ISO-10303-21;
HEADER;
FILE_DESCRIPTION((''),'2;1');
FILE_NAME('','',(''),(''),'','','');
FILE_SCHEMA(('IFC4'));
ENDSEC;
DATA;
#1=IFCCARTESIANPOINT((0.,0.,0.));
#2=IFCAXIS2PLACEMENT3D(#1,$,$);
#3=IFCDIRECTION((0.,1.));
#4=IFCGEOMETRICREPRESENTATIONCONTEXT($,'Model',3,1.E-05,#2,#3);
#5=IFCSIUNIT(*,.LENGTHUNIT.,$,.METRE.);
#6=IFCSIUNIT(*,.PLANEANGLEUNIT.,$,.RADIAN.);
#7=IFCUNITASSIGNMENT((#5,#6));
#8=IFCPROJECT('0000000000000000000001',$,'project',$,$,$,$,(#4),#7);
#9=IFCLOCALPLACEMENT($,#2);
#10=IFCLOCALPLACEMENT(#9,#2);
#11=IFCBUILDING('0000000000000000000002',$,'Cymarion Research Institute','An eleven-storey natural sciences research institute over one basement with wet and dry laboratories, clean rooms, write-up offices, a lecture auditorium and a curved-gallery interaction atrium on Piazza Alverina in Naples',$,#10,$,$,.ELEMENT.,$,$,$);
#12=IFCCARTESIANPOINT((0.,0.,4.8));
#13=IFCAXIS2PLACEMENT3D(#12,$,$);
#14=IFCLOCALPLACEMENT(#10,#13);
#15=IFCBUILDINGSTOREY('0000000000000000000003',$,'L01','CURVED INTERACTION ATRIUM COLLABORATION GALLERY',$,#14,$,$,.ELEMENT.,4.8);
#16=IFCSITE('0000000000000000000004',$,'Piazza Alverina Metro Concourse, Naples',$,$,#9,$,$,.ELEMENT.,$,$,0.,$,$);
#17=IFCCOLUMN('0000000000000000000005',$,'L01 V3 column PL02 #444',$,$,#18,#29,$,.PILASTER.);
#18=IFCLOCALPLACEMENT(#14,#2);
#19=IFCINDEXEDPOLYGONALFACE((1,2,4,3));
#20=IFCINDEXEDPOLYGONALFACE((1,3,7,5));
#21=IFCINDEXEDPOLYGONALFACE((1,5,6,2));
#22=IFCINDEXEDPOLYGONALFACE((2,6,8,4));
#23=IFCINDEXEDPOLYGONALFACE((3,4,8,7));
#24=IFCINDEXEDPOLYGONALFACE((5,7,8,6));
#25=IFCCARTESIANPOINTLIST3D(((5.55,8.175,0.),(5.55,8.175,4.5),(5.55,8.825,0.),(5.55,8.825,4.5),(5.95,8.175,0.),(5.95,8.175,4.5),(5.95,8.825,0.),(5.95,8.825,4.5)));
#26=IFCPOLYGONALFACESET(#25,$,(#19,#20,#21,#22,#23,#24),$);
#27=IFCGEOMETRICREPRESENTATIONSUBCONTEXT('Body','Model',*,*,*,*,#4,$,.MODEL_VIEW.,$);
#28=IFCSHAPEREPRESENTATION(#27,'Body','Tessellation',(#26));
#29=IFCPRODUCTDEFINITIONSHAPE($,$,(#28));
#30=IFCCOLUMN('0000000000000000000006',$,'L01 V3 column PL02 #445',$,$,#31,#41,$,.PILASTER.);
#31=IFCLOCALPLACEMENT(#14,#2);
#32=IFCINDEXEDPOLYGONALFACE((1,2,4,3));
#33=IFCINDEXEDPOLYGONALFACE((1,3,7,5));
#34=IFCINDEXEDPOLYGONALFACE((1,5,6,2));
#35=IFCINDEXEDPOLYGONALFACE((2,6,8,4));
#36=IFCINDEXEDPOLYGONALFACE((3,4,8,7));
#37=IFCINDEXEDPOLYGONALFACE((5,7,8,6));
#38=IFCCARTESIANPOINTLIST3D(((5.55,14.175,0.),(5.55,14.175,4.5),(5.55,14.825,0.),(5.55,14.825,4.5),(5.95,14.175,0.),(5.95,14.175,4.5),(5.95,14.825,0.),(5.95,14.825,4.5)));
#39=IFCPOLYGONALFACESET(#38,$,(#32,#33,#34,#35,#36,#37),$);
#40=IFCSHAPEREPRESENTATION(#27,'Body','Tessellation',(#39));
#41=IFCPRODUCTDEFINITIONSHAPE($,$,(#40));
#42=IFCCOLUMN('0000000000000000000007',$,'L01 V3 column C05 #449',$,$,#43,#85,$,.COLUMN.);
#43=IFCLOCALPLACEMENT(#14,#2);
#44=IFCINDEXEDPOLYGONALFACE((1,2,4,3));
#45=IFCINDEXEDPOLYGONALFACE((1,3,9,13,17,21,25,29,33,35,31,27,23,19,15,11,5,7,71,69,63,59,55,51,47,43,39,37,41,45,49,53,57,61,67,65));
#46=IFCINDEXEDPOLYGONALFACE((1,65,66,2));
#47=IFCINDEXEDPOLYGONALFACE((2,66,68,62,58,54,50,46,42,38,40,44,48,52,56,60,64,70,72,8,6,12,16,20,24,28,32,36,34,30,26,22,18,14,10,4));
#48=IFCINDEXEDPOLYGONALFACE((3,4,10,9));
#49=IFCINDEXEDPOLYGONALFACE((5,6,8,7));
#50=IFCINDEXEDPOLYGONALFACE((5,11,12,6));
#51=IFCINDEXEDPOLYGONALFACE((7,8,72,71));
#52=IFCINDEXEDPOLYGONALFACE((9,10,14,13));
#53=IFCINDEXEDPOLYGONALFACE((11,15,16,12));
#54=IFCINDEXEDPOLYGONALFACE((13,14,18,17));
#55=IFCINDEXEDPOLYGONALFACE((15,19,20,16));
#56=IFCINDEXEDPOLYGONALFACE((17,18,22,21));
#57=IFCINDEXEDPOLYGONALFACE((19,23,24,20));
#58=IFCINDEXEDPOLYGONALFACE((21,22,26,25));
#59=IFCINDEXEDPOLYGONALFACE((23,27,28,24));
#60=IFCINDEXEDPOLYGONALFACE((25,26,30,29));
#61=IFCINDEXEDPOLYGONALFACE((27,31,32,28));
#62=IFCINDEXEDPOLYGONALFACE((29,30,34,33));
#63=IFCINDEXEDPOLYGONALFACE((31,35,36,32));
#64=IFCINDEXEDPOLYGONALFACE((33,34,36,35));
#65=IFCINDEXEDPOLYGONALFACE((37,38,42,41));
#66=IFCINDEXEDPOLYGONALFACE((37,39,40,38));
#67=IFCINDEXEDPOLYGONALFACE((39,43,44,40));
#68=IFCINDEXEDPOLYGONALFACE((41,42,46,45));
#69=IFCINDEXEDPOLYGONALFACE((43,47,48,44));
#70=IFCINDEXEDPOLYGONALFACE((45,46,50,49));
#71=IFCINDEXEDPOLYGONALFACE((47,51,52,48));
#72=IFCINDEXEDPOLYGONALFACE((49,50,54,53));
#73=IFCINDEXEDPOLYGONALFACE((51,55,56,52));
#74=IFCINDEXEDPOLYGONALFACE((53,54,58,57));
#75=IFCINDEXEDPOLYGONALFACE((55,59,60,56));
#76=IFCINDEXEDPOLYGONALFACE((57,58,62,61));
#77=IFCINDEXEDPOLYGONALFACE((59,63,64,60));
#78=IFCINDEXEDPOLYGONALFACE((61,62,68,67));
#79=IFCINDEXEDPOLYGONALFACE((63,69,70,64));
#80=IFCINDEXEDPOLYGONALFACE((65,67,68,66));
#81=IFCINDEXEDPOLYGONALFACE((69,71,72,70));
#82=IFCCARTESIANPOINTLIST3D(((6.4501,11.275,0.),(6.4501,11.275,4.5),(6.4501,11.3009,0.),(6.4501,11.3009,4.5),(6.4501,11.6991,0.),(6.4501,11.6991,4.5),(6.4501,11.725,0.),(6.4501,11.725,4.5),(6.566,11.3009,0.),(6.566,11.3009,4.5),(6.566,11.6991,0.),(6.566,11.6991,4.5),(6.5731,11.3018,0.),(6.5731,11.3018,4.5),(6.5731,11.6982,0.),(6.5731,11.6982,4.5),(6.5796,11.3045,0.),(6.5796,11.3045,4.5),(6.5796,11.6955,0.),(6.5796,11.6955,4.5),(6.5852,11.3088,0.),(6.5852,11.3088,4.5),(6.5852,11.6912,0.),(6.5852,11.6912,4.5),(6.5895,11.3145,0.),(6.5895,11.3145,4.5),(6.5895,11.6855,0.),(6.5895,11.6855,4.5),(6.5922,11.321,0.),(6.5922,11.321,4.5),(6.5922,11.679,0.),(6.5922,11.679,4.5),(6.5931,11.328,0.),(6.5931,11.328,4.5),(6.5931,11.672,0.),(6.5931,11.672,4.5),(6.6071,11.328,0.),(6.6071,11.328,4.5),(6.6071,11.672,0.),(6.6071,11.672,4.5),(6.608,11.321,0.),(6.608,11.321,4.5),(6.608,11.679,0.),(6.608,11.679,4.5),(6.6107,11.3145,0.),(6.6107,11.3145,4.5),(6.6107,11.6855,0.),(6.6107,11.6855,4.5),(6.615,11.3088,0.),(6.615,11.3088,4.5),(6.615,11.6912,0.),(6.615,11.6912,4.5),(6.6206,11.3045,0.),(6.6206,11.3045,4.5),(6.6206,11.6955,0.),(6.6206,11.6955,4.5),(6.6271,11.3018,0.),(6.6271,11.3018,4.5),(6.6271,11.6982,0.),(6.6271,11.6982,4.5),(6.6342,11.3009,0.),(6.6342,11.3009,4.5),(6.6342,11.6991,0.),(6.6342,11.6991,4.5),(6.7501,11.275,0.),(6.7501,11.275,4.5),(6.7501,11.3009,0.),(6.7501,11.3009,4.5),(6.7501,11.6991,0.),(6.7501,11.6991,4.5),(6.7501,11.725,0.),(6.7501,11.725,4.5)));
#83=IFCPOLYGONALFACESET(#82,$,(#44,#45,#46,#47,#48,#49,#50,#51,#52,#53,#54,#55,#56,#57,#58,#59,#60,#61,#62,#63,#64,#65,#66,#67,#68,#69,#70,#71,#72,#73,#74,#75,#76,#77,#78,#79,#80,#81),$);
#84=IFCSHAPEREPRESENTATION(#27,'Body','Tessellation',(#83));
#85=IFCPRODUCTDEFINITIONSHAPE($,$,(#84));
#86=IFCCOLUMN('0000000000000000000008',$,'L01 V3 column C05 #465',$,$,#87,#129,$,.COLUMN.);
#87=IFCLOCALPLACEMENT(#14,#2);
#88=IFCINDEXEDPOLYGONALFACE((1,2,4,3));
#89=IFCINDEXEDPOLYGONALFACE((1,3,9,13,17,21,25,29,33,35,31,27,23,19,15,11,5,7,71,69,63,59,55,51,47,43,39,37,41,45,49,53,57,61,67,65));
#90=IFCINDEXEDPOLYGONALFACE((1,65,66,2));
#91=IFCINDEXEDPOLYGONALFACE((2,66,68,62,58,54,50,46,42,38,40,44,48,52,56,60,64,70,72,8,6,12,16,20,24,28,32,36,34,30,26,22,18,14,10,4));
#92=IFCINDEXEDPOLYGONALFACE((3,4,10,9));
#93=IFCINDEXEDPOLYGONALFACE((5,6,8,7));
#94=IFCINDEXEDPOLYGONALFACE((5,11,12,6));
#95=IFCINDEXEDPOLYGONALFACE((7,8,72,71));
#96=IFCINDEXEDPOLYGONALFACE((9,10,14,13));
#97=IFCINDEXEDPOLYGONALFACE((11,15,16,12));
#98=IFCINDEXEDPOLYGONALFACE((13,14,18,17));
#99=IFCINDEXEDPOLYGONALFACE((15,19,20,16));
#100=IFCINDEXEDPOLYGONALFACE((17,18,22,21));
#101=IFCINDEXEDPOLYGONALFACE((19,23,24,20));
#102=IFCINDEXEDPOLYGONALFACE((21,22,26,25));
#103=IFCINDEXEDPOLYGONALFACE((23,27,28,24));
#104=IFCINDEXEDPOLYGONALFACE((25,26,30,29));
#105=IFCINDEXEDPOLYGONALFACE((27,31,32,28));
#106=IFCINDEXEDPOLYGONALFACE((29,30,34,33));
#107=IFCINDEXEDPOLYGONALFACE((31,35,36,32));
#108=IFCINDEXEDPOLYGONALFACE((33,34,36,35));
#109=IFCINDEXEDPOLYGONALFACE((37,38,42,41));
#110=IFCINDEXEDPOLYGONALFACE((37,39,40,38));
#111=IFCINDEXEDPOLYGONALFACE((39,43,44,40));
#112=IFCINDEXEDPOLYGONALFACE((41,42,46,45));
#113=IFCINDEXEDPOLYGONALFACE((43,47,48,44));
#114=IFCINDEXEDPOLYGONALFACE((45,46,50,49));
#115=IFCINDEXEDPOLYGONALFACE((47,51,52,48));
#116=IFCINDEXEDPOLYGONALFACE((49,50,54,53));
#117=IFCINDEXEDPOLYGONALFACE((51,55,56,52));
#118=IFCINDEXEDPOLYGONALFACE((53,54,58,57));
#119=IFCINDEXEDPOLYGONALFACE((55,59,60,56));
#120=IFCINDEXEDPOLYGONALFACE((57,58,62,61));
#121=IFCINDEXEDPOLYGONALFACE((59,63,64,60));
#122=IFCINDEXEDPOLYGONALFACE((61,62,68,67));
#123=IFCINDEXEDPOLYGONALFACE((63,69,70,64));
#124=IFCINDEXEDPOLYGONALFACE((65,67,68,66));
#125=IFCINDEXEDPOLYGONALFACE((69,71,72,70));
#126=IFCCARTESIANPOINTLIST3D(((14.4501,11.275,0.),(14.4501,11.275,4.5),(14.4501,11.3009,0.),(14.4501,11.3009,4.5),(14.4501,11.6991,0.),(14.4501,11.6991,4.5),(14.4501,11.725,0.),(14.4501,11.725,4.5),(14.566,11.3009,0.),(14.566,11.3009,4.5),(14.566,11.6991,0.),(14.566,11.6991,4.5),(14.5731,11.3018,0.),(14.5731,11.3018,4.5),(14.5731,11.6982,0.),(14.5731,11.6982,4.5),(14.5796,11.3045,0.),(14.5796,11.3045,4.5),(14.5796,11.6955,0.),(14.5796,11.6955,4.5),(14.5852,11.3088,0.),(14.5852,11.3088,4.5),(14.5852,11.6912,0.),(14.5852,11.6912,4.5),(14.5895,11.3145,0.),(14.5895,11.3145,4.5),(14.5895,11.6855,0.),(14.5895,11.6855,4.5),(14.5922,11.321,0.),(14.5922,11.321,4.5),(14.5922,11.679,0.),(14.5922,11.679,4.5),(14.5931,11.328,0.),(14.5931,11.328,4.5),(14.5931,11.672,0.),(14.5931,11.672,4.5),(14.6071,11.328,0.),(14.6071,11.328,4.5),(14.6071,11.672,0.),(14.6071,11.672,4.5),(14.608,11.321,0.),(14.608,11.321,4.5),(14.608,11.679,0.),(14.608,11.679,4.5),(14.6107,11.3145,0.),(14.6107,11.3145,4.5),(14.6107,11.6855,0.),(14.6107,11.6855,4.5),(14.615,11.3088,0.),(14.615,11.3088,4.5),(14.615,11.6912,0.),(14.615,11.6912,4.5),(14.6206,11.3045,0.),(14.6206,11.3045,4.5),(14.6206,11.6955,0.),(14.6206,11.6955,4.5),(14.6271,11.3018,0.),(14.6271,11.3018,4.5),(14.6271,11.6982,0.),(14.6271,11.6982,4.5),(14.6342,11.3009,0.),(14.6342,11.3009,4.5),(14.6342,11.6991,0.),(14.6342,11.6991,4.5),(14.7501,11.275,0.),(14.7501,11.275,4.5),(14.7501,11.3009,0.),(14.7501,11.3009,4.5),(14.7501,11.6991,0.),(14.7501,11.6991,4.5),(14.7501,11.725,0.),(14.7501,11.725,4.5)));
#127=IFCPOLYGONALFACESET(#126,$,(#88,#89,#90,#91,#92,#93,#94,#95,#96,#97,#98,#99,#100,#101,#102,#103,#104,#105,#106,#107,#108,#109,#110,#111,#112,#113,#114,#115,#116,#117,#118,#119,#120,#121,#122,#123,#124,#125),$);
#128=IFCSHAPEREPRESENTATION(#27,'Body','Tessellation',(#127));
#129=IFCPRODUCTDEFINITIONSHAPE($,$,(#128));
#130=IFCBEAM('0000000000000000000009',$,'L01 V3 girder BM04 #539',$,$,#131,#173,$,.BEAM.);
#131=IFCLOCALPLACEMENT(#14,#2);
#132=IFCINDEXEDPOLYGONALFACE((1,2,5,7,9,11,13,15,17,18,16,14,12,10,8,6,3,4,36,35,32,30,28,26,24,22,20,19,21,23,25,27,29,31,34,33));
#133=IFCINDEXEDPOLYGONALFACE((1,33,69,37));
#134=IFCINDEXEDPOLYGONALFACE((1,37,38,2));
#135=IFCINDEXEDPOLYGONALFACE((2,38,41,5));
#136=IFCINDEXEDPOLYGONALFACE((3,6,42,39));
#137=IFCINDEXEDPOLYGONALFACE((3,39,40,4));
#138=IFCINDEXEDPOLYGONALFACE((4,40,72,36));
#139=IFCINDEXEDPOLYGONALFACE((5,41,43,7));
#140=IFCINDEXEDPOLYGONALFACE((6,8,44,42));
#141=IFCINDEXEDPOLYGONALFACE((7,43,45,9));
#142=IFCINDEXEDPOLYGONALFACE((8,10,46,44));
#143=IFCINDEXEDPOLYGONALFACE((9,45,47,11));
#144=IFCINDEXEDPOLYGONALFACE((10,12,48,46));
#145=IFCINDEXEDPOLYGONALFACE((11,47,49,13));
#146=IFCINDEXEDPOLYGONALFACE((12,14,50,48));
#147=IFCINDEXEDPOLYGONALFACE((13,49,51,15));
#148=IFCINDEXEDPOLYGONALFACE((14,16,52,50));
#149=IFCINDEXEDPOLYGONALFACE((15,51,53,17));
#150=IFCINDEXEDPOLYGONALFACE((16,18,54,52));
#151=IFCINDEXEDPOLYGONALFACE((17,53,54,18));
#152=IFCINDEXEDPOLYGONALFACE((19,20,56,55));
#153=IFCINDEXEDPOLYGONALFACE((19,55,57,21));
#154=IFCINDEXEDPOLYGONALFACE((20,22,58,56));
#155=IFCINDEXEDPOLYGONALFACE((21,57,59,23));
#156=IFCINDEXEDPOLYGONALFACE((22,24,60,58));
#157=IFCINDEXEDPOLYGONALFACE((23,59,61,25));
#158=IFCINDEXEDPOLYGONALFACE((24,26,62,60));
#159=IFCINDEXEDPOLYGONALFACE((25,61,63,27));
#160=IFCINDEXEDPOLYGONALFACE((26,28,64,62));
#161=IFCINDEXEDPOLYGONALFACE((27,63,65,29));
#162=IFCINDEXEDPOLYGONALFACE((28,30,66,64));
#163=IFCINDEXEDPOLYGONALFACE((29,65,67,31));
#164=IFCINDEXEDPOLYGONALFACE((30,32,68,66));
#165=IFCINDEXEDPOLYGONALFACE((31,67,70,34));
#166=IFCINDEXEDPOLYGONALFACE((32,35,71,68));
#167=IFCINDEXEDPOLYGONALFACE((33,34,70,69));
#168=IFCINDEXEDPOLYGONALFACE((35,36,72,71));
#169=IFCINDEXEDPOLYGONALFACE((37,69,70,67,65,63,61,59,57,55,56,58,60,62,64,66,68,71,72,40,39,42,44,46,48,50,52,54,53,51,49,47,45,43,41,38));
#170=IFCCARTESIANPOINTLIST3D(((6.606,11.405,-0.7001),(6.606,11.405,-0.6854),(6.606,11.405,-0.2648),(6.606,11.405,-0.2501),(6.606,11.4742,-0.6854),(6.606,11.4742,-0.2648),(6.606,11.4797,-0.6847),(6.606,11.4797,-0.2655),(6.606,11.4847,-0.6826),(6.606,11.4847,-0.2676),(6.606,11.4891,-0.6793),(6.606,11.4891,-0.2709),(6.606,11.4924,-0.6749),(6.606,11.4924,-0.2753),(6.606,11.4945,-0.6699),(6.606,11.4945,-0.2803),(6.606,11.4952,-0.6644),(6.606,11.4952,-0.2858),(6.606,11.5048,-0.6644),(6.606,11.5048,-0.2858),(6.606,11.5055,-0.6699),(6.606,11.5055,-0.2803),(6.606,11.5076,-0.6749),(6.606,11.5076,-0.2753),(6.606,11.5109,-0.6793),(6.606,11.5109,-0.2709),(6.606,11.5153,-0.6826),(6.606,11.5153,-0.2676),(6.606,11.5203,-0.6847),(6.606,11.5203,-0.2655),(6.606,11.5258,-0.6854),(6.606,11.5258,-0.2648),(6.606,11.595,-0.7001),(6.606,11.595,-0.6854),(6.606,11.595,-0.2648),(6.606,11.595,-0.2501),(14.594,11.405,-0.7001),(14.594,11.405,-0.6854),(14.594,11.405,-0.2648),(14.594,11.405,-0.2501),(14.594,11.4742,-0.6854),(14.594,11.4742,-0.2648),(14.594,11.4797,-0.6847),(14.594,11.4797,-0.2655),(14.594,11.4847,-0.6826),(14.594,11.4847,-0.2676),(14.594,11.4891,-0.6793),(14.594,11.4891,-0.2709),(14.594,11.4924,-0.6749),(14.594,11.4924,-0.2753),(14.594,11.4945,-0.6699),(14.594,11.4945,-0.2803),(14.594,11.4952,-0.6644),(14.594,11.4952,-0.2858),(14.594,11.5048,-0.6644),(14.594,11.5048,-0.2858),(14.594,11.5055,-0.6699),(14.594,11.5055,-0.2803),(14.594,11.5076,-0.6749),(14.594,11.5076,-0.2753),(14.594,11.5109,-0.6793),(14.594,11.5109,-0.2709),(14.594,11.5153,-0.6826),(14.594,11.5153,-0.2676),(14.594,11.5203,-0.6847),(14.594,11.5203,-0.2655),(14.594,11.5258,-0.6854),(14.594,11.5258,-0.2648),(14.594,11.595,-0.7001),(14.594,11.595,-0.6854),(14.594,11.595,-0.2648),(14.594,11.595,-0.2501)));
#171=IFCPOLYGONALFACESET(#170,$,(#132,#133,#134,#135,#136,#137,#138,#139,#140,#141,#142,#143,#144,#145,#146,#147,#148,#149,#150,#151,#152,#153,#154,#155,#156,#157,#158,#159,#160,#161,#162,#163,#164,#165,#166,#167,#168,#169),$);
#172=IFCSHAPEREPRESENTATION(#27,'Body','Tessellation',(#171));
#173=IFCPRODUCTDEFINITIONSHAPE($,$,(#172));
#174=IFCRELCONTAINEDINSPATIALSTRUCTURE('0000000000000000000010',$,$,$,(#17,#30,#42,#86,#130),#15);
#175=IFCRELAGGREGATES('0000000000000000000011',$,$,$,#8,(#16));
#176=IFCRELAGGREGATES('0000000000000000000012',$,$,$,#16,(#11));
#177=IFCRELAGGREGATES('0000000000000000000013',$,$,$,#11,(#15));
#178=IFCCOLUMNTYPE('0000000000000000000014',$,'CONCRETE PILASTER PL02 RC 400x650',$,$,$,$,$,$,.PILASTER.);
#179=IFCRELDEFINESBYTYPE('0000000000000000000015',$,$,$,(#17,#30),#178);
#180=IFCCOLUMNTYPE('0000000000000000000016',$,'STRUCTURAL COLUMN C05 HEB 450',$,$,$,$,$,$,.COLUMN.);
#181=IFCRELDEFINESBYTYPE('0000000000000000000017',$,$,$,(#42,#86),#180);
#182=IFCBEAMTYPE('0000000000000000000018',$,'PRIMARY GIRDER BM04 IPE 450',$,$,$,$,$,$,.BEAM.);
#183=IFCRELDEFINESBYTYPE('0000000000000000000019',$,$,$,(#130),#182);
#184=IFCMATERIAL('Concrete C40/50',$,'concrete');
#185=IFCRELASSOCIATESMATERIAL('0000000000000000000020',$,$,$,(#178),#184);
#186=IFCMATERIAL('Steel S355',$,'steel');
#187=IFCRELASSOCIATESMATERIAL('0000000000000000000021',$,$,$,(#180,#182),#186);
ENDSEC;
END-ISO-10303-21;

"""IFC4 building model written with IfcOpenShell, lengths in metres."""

from ifc_helpers import new_model, si_unit, direction, frame, origin, origin_2d, place, context, subcontext, project, spatial, rectangle, i_section, extrude, material, material_profile, profile_set, type_object, element, save


model = new_model("IFC4")

# Units and contexts
model_context = context("Model", 3, precision=1e-05, world=origin(), true_north=direction((0.0, 1.0)))
body_context = subcontext(model_context, "Body", "Model", "MODEL_VIEW")
ifc_project = project(units=[si_unit("LENGTHUNIT", "METRE"), si_unit("PLANEANGLEUNIT", "RADIAN")], contexts=[model_context])

# Site, building, storey
site_placement = place(None, origin())
site = spatial("IfcSite", under=ifc_project, at=site_placement, Name="Piazza Alverina Metro Concourse, Naples", CompositionType="ELEMENT", RefElevation=0.0)
building_placement = place(site_placement, origin())
building = spatial("IfcBuilding", under=site, at=building_placement, Name="Cymarion Research Institute", Description="An eleven-storey natural sciences research institute over one basement with wet and dry laboratories, clean rooms, write-up offices, a lecture auditorium and a curved-gallery interaction atrium on Piazza Alverina in Naples", CompositionType="ELEMENT")
storey_placement = place(building_placement, frame((0.0, 0.0, 4.8)))
storey = spatial("IfcBuildingStorey", under=building, at=storey_placement, Name="L01", Description="CURVED INTERACTION ATRIUM COLLABORATION GALLERY", CompositionType="ELEMENT", Elevation=4.8)

# Columns
ifc_material_1 = material(Name="Concrete C40/50", Category="concrete")
ifc_material_profile_1 = material_profile(ifc_material_1, rectangle(XDim=0.3999, YDim=0.6499, at=origin_2d()), Name="RC 400x650")
ifc_profile_set_1 = profile_set([ifc_material_profile_1], Name="Concrete C40/50")
column_type_1 = type_object("IfcColumnType", Name="CONCRETE PILASTER PL02 RC 400x650", PredefinedType="PILASTER", material=ifc_profile_set_1)
for number, where, z_axis, x_axis, name in (
    (1, (5.75, 8.5, 0.0), (0.0, 0.0, 1.0), (1.0, 0.0, 0.0), "L01 V3 column PL02 #444"),
    (2, (5.75, 14.5, 0.0), (0.0, 0.0, 1.0), (1.0, 0.0, 0.0), "L01 V3 column PL02 #445"),
):
    element("IfcColumn", number, at=place(storey_placement, frame(where, z_axis=z_axis, x_axis=x_axis)), inside=storey, type_object=column_type_1, Name=name, PredefinedType="PILASTER", context=body_context, shape_type="SweptSolid", body=[
        extrude(rectangle(XDim=0.3999, YDim=0.6499, at=origin_2d()), origin(), (0.0, 0.0, 1.0), 4.5),
    ])
ifc_material_2 = material(Name="Steel S355", Category="steel")
ifc_material_profile_2 = material_profile(ifc_material_2, i_section(OverallWidth=0.3, OverallDepth=0.45, WebThickness=0.0139, FlangeThickness=0.0259, FilletRadius=0.0271, at=origin_2d()), Name="HEB 450")
ifc_profile_set_2 = profile_set([ifc_material_profile_2], Name="Steel S355")
column_type_2 = type_object("IfcColumnType", Name="STRUCTURAL COLUMN C05 HEB 450", PredefinedType="COLUMN", material=ifc_profile_set_2)
for number, where, z_axis, x_axis, name in (
    (3, (6.6001, 11.5, 0.0), (0.0, 0.0, 1.0), (1.0, 0.0, 0.0), "L01 V3 column C05 #449"),
    (4, (14.6001, 11.5, 0.0), (0.0, 0.0, 1.0), (1.0, 0.0, 0.0), "L01 V3 column C05 #465"),
):
    element("IfcColumn", number, at=place(storey_placement, frame(where, z_axis=z_axis, x_axis=x_axis)), inside=storey, type_object=column_type_2, Name=name, PredefinedType="COLUMN", context=body_context, shape_type="SweptSolid", body=[
        extrude(i_section(OverallWidth=0.3, OverallDepth=0.45, WebThickness=0.0139, FlangeThickness=0.0259, FilletRadius=0.0271, at=origin_2d()), origin(), (0.0, 0.0, 1.0), 4.5),
    ])

# Beam
ifc_material_profile_3 = material_profile(ifc_material_2, i_section(OverallWidth=0.1899, OverallDepth=0.45, WebThickness=0.0095, FlangeThickness=0.0146, FilletRadius=0.021, at=origin_2d()), Name="IPE 450")
ifc_profile_set_3 = profile_set([ifc_material_profile_3], Name="Steel S355")
beam_type_1 = type_object("IfcBeamType", Name="PRIMARY GIRDER BM04 IPE 450", PredefinedType="BEAM", material=ifc_profile_set_3)
for number, where, z_axis, x_axis, name in (
    (5, (6.606, 11.5, -0.4751), (1.0, 0.0, 0.0), (0.0, 1.0, 0.0), "L01 V3 girder BM04 #539"),
):
    element("IfcBeam", number, at=place(storey_placement, frame(where, z_axis=z_axis, x_axis=x_axis)), inside=storey, type_object=beam_type_1, Name=name, PredefinedType="BEAM", context=body_context, shape_type="SweptSolid", body=[
        extrude(i_section(OverallWidth=0.1899, OverallDepth=0.45, WebThickness=0.0095, FlangeThickness=0.0146, FilletRadius=0.021, at=origin_2d()), origin(), (0.0, 0.0, 1.0), 7.988),
    ])

save(model, "model.ifc")
